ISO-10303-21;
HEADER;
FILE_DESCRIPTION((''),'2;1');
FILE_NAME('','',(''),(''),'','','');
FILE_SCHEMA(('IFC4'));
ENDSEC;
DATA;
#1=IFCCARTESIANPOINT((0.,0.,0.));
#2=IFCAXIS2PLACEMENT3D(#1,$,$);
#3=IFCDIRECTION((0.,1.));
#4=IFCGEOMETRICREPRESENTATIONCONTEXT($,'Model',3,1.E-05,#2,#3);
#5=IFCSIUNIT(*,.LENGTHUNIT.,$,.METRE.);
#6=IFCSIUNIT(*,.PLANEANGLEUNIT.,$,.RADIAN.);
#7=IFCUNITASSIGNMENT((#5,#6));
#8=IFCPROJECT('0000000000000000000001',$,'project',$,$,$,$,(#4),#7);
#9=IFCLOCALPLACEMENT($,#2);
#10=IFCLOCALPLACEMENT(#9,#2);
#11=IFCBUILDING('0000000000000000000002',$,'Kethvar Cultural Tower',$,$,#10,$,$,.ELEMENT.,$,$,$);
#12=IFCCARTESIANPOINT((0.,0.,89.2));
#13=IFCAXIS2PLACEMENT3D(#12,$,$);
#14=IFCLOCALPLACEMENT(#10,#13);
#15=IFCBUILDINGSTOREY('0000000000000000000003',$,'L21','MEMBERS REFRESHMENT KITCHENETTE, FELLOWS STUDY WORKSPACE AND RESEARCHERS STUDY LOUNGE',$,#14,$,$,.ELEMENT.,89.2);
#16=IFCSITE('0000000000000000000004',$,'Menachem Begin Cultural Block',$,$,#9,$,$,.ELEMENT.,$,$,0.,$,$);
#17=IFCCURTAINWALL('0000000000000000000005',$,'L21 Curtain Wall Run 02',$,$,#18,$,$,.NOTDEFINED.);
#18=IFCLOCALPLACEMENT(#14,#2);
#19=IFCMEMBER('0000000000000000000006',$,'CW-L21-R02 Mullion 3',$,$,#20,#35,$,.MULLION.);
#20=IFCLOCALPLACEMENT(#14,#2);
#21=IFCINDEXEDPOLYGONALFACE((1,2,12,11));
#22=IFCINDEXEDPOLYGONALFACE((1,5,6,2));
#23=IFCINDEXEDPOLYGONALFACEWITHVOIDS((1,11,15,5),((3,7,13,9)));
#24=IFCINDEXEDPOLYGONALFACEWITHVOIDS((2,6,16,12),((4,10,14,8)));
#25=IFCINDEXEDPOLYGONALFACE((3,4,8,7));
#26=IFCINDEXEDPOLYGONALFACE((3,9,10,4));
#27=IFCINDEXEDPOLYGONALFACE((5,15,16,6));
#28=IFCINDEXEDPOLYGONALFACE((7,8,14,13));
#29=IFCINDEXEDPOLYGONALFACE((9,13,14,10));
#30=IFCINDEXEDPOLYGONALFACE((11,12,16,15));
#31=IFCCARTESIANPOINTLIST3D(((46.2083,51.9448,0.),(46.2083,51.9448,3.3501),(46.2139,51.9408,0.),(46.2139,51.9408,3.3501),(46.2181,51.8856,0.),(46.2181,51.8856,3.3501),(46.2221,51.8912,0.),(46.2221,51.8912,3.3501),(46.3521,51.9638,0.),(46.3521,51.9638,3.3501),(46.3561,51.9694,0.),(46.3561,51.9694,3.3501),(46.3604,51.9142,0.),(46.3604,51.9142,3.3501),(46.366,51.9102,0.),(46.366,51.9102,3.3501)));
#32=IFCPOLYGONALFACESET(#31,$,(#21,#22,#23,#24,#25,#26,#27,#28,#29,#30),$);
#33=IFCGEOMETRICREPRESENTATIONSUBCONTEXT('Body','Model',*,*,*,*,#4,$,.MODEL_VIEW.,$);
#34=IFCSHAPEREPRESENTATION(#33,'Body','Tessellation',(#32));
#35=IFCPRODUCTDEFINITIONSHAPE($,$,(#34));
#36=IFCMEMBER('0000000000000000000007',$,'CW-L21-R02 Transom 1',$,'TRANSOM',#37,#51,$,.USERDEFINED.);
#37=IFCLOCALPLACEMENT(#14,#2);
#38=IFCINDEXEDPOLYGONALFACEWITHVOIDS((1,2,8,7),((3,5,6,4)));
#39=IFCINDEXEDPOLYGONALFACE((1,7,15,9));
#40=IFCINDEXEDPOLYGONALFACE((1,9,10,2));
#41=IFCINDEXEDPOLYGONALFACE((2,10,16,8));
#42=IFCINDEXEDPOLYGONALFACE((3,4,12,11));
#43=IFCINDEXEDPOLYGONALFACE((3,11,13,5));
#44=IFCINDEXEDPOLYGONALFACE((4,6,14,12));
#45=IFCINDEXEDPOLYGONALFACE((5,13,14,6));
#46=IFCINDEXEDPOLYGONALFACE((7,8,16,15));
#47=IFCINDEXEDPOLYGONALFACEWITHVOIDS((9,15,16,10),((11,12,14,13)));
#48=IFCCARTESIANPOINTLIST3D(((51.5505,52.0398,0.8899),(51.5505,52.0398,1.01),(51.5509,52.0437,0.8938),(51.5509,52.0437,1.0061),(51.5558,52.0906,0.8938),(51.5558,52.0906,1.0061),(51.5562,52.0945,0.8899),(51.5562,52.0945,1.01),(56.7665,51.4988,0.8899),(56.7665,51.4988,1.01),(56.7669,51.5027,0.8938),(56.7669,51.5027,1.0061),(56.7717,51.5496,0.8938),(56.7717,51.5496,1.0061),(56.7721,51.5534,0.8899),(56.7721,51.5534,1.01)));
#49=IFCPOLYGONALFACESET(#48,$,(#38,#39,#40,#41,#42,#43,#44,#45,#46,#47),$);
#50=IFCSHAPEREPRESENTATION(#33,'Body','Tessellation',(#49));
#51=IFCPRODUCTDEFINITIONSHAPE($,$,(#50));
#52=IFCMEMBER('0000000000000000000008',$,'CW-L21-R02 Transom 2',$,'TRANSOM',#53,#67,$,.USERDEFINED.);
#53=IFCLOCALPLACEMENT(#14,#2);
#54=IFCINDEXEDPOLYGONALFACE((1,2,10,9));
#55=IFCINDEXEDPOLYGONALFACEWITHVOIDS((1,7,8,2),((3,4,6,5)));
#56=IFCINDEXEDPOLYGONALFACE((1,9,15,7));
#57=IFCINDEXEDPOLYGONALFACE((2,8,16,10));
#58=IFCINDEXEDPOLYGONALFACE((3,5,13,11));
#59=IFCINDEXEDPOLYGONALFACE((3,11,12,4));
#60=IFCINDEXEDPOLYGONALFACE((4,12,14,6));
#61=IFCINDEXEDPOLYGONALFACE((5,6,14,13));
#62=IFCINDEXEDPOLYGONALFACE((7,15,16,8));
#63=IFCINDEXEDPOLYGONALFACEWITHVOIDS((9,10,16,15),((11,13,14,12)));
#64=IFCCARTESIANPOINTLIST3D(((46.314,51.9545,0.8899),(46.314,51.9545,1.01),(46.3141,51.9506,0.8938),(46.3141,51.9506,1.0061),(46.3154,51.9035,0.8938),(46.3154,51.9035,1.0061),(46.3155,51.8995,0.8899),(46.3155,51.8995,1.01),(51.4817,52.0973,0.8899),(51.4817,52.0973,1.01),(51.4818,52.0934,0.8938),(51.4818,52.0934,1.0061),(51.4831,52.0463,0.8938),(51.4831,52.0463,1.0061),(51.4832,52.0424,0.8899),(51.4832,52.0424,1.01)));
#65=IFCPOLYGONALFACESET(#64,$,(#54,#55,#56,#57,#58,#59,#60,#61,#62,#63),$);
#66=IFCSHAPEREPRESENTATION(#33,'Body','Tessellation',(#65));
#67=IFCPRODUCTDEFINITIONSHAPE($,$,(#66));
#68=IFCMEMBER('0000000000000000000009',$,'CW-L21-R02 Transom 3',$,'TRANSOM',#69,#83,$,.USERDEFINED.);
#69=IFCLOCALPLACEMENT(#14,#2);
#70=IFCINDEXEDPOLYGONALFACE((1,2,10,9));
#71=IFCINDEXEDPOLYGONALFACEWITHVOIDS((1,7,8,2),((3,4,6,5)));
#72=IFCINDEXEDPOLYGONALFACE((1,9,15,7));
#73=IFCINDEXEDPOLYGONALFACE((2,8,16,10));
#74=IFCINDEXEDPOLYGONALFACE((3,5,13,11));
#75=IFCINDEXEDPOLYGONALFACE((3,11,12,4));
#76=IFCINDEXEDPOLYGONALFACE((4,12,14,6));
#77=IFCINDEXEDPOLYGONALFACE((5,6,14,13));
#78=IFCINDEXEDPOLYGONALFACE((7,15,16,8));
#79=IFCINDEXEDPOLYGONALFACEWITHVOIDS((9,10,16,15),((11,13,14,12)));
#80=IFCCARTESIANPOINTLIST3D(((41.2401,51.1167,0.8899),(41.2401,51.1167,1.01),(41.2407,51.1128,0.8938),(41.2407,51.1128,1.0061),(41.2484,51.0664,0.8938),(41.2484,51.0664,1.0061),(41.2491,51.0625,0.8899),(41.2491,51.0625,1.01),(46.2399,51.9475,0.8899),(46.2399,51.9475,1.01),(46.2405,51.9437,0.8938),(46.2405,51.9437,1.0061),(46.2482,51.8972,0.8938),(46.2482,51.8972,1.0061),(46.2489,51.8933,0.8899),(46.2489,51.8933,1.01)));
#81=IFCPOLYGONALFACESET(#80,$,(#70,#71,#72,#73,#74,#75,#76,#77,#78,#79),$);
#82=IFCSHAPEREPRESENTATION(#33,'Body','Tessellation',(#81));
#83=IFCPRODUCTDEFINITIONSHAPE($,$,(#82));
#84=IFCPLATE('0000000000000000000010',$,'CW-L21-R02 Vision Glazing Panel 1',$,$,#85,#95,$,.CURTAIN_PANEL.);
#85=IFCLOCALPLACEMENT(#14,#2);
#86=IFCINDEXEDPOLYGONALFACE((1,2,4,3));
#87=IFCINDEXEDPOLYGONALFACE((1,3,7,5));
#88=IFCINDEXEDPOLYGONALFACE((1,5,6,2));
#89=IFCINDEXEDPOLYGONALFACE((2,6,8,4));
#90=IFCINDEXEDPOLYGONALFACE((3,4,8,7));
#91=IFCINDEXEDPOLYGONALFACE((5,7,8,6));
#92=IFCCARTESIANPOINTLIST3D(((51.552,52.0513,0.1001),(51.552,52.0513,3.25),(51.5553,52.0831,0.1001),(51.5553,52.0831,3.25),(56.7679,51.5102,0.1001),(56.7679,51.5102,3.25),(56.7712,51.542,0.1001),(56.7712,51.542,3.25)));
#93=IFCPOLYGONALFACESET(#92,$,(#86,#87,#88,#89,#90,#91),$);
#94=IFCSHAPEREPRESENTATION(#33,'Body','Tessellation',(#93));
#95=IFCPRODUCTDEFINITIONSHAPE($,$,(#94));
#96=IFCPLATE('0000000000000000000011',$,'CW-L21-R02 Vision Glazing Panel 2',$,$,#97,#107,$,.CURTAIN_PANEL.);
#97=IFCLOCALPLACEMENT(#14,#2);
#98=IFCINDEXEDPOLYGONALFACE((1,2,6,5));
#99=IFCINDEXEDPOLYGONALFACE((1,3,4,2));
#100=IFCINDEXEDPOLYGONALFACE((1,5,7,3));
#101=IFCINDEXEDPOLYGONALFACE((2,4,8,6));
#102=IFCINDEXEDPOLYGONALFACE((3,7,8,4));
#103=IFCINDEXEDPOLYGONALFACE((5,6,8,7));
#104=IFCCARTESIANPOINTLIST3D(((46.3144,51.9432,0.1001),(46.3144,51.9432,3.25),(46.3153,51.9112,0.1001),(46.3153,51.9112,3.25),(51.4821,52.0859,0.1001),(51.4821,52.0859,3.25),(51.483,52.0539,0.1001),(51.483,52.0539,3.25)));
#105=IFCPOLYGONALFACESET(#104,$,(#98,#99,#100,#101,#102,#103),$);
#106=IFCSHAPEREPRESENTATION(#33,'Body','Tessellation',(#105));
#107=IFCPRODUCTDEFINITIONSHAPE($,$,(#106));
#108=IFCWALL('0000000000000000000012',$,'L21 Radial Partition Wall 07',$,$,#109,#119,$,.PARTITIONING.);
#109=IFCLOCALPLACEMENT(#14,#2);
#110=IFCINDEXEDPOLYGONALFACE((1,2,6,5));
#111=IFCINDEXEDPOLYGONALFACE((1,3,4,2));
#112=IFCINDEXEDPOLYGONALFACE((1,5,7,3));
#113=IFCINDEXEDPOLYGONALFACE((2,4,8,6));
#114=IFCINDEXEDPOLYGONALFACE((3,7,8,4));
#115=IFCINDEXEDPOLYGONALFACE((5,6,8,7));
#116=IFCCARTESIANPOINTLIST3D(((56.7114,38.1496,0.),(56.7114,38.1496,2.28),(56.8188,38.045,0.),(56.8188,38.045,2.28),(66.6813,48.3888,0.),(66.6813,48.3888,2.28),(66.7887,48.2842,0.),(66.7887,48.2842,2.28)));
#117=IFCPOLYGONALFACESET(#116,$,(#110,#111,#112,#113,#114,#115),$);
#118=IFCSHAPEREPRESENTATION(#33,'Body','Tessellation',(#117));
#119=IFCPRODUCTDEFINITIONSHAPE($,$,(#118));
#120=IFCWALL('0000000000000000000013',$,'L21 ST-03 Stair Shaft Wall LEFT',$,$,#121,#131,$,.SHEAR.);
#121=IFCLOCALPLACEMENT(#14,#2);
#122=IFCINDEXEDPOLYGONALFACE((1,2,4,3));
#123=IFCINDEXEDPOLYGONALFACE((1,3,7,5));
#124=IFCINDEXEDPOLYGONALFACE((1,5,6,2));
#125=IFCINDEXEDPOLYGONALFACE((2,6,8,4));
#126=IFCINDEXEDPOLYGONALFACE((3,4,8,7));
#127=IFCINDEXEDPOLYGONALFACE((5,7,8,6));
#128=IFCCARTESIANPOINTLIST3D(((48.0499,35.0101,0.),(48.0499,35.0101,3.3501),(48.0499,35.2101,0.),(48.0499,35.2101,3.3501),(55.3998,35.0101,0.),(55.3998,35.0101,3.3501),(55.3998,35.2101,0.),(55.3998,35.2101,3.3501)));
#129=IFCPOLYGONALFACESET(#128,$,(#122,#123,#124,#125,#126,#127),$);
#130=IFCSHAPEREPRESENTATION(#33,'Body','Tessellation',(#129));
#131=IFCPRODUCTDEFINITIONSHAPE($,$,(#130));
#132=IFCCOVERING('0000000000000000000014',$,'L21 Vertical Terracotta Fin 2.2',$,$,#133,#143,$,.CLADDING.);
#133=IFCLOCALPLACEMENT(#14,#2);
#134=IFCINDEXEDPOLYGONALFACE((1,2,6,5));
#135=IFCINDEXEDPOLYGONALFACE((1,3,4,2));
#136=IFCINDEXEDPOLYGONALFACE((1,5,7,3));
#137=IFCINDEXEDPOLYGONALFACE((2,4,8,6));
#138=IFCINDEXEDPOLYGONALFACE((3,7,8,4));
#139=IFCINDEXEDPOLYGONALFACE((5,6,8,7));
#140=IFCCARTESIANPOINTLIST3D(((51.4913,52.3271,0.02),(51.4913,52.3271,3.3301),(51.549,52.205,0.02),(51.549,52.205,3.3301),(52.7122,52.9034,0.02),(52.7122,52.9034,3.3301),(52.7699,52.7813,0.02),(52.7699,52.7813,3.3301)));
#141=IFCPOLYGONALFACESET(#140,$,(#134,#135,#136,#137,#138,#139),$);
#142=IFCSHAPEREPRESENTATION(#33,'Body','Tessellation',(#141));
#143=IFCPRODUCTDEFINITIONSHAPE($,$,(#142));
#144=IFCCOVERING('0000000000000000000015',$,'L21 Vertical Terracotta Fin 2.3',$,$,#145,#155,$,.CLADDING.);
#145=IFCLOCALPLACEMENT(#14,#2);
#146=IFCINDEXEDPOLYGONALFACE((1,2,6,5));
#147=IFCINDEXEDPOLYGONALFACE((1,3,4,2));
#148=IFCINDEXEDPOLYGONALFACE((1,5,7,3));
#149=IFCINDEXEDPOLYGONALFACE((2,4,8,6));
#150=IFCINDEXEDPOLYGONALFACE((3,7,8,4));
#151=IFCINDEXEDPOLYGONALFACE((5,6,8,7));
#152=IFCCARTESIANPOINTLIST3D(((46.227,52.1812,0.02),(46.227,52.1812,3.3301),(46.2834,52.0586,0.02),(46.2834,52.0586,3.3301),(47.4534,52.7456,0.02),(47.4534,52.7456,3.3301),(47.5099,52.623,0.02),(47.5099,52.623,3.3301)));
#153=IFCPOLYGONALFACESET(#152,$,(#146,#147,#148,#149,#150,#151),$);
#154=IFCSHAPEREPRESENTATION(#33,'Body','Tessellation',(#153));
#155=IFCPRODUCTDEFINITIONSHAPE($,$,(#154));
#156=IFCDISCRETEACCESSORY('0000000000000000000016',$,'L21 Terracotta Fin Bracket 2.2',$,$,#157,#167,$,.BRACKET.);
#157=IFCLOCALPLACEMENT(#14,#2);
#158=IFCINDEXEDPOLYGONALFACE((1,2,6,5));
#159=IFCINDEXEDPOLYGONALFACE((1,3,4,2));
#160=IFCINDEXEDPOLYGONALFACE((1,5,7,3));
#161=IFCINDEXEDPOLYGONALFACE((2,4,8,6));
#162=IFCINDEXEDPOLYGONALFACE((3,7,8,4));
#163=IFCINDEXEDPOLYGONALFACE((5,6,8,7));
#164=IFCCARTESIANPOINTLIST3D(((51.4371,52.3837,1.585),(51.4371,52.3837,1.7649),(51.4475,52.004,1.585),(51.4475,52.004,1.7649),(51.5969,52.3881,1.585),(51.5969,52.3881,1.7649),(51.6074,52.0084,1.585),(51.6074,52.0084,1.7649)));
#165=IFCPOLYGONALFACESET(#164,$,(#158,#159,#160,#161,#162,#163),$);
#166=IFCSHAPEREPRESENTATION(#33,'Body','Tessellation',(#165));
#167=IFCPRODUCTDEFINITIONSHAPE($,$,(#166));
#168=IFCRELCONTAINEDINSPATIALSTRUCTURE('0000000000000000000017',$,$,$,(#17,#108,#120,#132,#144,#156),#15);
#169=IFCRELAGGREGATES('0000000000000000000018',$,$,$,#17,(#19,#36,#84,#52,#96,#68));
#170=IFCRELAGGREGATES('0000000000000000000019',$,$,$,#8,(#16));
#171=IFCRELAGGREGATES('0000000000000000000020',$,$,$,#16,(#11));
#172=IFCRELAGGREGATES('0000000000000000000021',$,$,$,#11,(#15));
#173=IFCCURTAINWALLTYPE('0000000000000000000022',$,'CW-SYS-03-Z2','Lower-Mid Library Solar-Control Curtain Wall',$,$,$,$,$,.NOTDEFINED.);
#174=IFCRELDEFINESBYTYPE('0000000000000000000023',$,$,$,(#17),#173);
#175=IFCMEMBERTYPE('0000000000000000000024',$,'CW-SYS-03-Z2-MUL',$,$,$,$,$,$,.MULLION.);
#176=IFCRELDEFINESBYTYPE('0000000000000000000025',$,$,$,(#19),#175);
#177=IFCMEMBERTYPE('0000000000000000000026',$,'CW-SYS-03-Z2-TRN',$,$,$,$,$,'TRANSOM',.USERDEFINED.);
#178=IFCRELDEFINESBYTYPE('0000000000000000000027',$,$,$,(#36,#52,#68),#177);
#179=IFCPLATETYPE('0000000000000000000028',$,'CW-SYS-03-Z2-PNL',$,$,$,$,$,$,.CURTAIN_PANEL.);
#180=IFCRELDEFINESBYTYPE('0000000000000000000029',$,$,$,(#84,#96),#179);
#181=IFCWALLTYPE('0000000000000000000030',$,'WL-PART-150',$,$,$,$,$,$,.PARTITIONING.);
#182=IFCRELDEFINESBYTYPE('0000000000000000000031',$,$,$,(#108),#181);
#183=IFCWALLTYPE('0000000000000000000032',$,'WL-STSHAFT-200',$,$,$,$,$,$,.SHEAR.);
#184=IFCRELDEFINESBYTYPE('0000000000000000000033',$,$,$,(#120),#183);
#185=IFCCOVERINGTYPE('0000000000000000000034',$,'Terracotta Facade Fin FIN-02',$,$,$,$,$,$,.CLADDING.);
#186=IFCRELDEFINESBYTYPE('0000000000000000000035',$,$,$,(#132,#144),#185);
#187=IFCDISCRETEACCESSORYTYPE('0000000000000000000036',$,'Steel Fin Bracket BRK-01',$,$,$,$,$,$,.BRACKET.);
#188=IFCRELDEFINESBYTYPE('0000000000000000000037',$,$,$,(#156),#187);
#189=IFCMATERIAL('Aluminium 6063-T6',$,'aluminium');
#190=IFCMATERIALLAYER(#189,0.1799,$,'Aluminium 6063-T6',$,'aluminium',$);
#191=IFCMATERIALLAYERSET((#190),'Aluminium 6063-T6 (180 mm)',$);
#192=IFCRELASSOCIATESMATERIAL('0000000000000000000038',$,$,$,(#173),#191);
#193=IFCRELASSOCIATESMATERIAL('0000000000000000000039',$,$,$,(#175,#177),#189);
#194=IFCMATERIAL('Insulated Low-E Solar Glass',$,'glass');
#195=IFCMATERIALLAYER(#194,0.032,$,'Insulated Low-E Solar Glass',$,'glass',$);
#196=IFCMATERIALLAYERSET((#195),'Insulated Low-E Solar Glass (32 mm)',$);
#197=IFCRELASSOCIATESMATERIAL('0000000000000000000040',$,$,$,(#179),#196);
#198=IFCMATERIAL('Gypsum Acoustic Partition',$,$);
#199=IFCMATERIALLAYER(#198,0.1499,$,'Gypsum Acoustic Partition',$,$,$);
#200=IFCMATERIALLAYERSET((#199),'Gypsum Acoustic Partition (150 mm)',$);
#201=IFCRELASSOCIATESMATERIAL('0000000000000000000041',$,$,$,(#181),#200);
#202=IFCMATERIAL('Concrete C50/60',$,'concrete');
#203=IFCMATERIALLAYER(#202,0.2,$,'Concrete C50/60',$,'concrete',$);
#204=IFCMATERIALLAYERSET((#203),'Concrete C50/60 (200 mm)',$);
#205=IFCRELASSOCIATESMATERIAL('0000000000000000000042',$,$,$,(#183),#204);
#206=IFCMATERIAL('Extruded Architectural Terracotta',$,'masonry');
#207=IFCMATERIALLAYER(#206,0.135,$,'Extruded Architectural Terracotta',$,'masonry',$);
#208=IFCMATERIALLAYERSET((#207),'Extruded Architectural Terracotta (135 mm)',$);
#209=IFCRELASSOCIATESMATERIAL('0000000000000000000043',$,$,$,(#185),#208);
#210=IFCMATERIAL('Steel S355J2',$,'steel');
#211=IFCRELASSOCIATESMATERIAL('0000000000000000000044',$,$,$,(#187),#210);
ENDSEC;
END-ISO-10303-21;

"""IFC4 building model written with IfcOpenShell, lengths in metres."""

from ifc_helpers import new_model, si_unit, direction, frame, frame_2d, origin, origin_2d, place, context, subcontext, project, spatial, rectangle, hollow_rectangle, extrude, source, transform, mapped, material, layer, layer_set, material_profile, profile_set, type_object, element, aggregate, save


model = new_model("IFC4")

# Units and contexts
model_context = context("Model", 3, precision=1e-05, world=origin(), true_north=direction((0.0, 1.0)))
body_context = subcontext(model_context, "Body", "Model", "MODEL_VIEW")
ifc_project = project(units=[si_unit("LENGTHUNIT", "METRE"), si_unit("PLANEANGLEUNIT", "RADIAN")], contexts=[model_context])

# Site, building, storey
site_placement = place(None, origin())
site = spatial("IfcSite", under=ifc_project, at=site_placement, Name="Menachem Begin Cultural Block", CompositionType="ELEMENT", RefElevation=0.0)
building_placement = place(site_placement, origin())
building = spatial("IfcBuilding", under=site, at=building_placement, Name="Kethvar Cultural Tower", CompositionType="ELEMENT")
storey_placement = place(building_placement, frame((0.0, 0.0, 89.2)))
storey = spatial("IfcBuildingStorey", under=building, at=storey_placement, Name="L21", Description="MEMBERS REFRESHMENT KITCHENETTE, FELLOWS STUDY WORKSPACE AND RESEARCHERS STUDY LOUNGE", CompositionType="ELEMENT", Elevation=89.2)

# Shared definitions
ifc_material_1 = material(Name="Steel S355J2", Category="steel")

# Curtain wall, members, plates
ifc_material_2 = material(Name="Aluminium 6063-T6", Category="aluminium")
ifc_layer_1 = layer(ifc_material_2, 0.1799, Name="Aluminium 6063-T6", Category="aluminium")
ifc_layer_set_1 = layer_set([ifc_layer_1], Name="Aluminium 6063-T6 (180 mm)")
curtain_wall_type = type_object("IfcCurtainWallType", Name="CW-SYS-03-Z2", Description="Lower-Mid Library Solar-Control Curtain Wall", PredefinedType="NOTDEFINED", material=ifc_layer_set_1)
curtain_wall_placement = place(storey_placement, origin())
curtain_wall = element("IfcCurtainWall", 1, at=curtain_wall_placement, inside=storey, type_object=curtain_wall_type, Name="L21 Curtain Wall Run 02", PredefinedType="NOTDEFINED")
ifc_material_profile_1 = material_profile(ifc_material_2, hollow_rectangle(XDim=0.0601, YDim=0.1499, WallThickness=0.0049, at=origin_2d()), Name="Aluminium 6063-T6 — RHS150x60x5")
ifc_profile_set_1 = profile_set([ifc_material_profile_1], Name="Aluminium 6063-T6 — RHS150x60x5")
member_type_1 = type_object("IfcMemberType", Name="CW-SYS-03-Z2-MUL", PredefinedType="MULLION", material=ifc_profile_set_1)
shared_shape_1 = source(origin(), body_context, "Body", "SweptSolid", [
    extrude(hollow_rectangle(XDim=0.0601, YDim=0.1499, WallThickness=0.0049, at=origin_2d()), origin(), (0.0, 0.0, 1.0), 3.3501),
])
member_1_placement = place(storey_placement, frame((46.2871, 51.9275, 0.0), z_axis=(0.0, 0.0, 1.0), x_axis=(0.163894, -0.986478, 0.0)))
member_1 = element("IfcMember", 2, at=member_1_placement, type_object=member_type_1, Name="CW-L21-R02 Mullion 3", PredefinedType="MULLION", context=body_context, shape_type="MappedRepresentation", body=[
    mapped(shared_shape_1, transform((0.0, 0.0, 0.0), scale=1.0)),
])
ifc_material_profile_2 = material_profile(ifc_material_2, hollow_rectangle(XDim=0.0549, YDim=0.1201, WallThickness=0.0039, at=origin_2d()), Name="Aluminium 6063-T6 — RHS120x55x4")
ifc_profile_set_2 = profile_set([ifc_material_profile_2], Name="Aluminium 6063-T6 — RHS120x55x4")
member_type_2 = type_object("IfcMemberType", Name="CW-SYS-03-Z2-TRN", ElementType="TRANSOM", PredefinedType="USERDEFINED", material=ifc_profile_set_2)
shared_shape_2 = source(origin(), body_context, "Body", "SweptSolid", [
    extrude(hollow_rectangle(XDim=0.0549, YDim=0.1201, WallThickness=0.0039, at=origin_2d()), origin(), (0.0, 0.0, 1.0), 5.2439),
])
member_2_placement = place(storey_placement, frame((56.7693, 51.5261, 0.95), z_axis=(-0.994663, 0.103172, 0.0), x_axis=(-0.103172, -0.994663, 0.0)))
member_2 = element("IfcMember", 3, at=member_2_placement, type_object=member_type_2, Name="CW-L21-R02 Transom 1", ObjectType="TRANSOM", PredefinedType="USERDEFINED", context=body_context, shape_type="MappedRepresentation", body=[
    mapped(shared_shape_2, transform((0.0, 0.0, 0.0), scale=1.0)),
])
shared_shape_3 = source(origin(), body_context, "Body", "SweptSolid", [
    extrude(hollow_rectangle(XDim=0.0549, YDim=0.1201, WallThickness=0.0039, at=origin_2d()), origin(), (0.0, 0.0, 1.0), 5.1697),
])
member_3_placement = place(storey_placement, frame((51.4824, 52.0698, 0.95), z_axis=(-0.999618, -0.027627, 0.0), x_axis=(0.027627, -0.999618, 0.0)))
member_3 = element("IfcMember", 4, at=member_3_placement, type_object=member_type_2, Name="CW-L21-R02 Transom 2", ObjectType="TRANSOM", PredefinedType="USERDEFINED", context=body_context, shape_type="MappedRepresentation", body=[
    mapped(shared_shape_3, transform((0.0, 0.0, 0.0), scale=1.0)),
])
shared_shape_4 = source(origin(), body_context, "Body", "SweptSolid", [
    extrude(hollow_rectangle(XDim=0.0549, YDim=0.1201, WallThickness=0.0039, at=origin_2d()), origin(), (0.0, 0.0, 1.0), 5.0684),
])
member_4_placement = place(storey_placement, frame((46.2444, 51.9204, 0.95), z_axis=(-0.986473, -0.163922, 0.0), x_axis=(0.163922, -0.986473, 0.0)))
member_4 = element("IfcMember", 5, at=member_4_placement, type_object=member_type_2, Name="CW-L21-R02 Transom 3", ObjectType="TRANSOM", PredefinedType="USERDEFINED", context=body_context, shape_type="MappedRepresentation", body=[
    mapped(shared_shape_4, transform((0.0, 0.0, 0.0), scale=1.0)),
])
ifc_material_3 = material(Name="Insulated Low-E Solar Glass", Category="glass")
ifc_layer_2 = layer(ifc_material_3, 0.032, Name="Insulated Low-E Solar Glass", Category="glass")
ifc_layer_set_2 = layer_set([ifc_layer_2], Name="Insulated Low-E Solar Glass (32 mm)")
plate_type = type_object("IfcPlateType", Name="CW-SYS-03-Z2-PNL", PredefinedType="CURTAIN_PANEL", material=ifc_layer_set_2)
shared_shape_5 = source(origin(), body_context, "Body", "SweptSolid", [
    extrude(rectangle(XDim=5.2439, YDim=0.032, at=origin_2d()), origin(), (0.0, 0.0, 1.0), 3.1499),
])
plate_1_placement = place(storey_placement, frame((54.1616, 51.7966, 0.1001), z_axis=(0.0, 0.0, 1.0), x_axis=(-0.994661, 0.103192, 0.0)))
plate_1 = element("IfcPlate", 6, at=plate_1_placement, type_object=plate_type, Name="CW-L21-R02 Vision Glazing Panel 1", PredefinedType="CURTAIN_PANEL", context=body_context, shape_type="MappedRepresentation", body=[
    mapped(shared_shape_5, transform((0.0, 0.0, 0.0), scale=1.0)),
])
shared_shape_6 = source(origin(), body_context, "Body", "SweptSolid", [
    extrude(rectangle(XDim=5.1697, YDim=0.032, at=origin_2d()), origin(), (0.0, 0.0, 1.0), 3.1499),
])
plate_2_placement = place(storey_placement, frame((48.8987, 51.9985, 0.1001), z_axis=(0.0, 0.0, 1.0), x_axis=(-0.999619, -0.027608, 0.0)))
plate_2 = element("IfcPlate", 7, at=plate_2_placement, type_object=plate_type, Name="CW-L21-R02 Vision Glazing Panel 2", PredefinedType="CURTAIN_PANEL", context=body_context, shape_type="MappedRepresentation", body=[
    mapped(shared_shape_6, transform((0.0, 0.0, 0.0), scale=1.0)),
])
aggregate(curtain_wall, [member_1, member_2, plate_1, member_3, plate_2, member_4])

# Walls
ifc_material_4 = material(Name="Gypsum Acoustic Partition")
ifc_layer_3 = layer(ifc_material_4, 0.1499, Name="Gypsum Acoustic Partition")
ifc_layer_set_3 = layer_set([ifc_layer_3], Name="Gypsum Acoustic Partition (150 mm)")
wall_type_1 = type_object("IfcWallType", Name="WL-PART-150", PredefinedType="PARTITIONING", material=ifc_layer_set_3)
wall_1_placement = place(storey_placement, frame((56.7651, 38.0974, 0.0), z_axis=(0.0, 0.0, 1.0), x_axis=(0.697623, 0.716465, 0.0)))
element("IfcWall", 8, at=wall_1_placement, inside=storey, type_object=wall_type_1, Name="L21 Radial Partition Wall 07", PredefinedType="PARTITIONING", context=body_context, shape_type="SweptSolid", body=[
    extrude(rectangle(XDim=14.2913, YDim=0.1499, at=frame_2d((7.1455, 0.0))), origin(), (0.0, 0.0, 1.0), 2.28),
])
ifc_material_5 = material(Name="Concrete C50/60", Category="concrete")
ifc_layer_4 = layer(ifc_material_5, 0.2, Name="Concrete C50/60", Category="concrete")
ifc_layer_set_4 = layer_set([ifc_layer_4], Name="Concrete C50/60 (200 mm)")
wall_type_2 = type_object("IfcWallType", Name="WL-STSHAFT-200", PredefinedType="SHEAR", material=ifc_layer_set_4)
wall_2_placement = place(storey_placement, frame((48.05, 35.1101, 0.0), z_axis=(0.0, 0.0, 1.0), x_axis=(1.0, 0.0, 0.0)))
element("IfcWall", 9, at=wall_2_placement, inside=storey, type_object=wall_type_2, Name="L21 ST-03 Stair Shaft Wall LEFT", PredefinedType="SHEAR", context=body_context, shape_type="SweptSolid", body=[
    extrude(rectangle(XDim=7.3499, YDim=0.2, at=frame_2d((3.6748, 0.0))), origin(), (0.0, 0.0, 1.0), 3.3501),
])

# Coverings
ifc_material_6 = material(Name="Extruded Architectural Terracotta", Category="masonry")
ifc_layer_5 = layer(ifc_material_6, 0.135, Name="Extruded Architectural Terracotta", Category="masonry")
ifc_layer_set_5 = layer_set([ifc_layer_5], Name="Extruded Architectural Terracotta (135 mm)")
covering_type = type_object("IfcCoveringType", Name="Terracotta Facade Fin FIN-02", PredefinedType="CLADDING", material=ifc_layer_set_5)
shared_shape_7 = source(origin(), body_context, "Body", "SweptSolid", [
    extrude(rectangle(XDim=1.3501, YDim=0.135, at=origin_2d()), origin(), (0.0, 0.0, 1.0), 3.3101),
])
for number, where, z_axis, x_axis, name in (
    (10, (52.1306, 52.5542, 0.02), (0.0, 0.0, 1.0), (0.904306, 0.426884, 0.0), "L21 Vertical Terracotta Fin 2.2"),
    (11, (46.8684, 52.4021, 0.02), (0.0, 0.0, 1.0), (0.908435, 0.418026, 0.0), "L21 Vertical Terracotta Fin 2.3"),
):
    element("IfcCovering", number, at=place(storey_placement, frame(where, z_axis=z_axis, x_axis=x_axis)), inside=storey, type_object=covering_type, Name=name, PredefinedType="CLADDING", context=body_context, shape_type="MappedRepresentation", body=[
        mapped(shared_shape_7, transform((0.0, 0.0, 0.0), scale=1.0)),
    ])

# Discrete accessory
discrete_accessory_type = type_object("IfcDiscreteAccessoryType", Name="Steel Fin Bracket BRK-01", PredefinedType="BRACKET", material=ifc_material_1)
shared_shape_8 = source(origin(), body_context, "Body", "SweptSolid", [
    extrude(rectangle(XDim=0.3799, YDim=0.1599, at=origin_2d()), origin(), (0.0, 0.0, 1.0), 0.1799),
])
for number, where, z_axis, x_axis, name in (
    (12, (51.5222, 52.196, 1.585), (0.0, 0.0, 1.0), (-0.027573, 0.99962, 0.0), "L21 Terracotta Fin Bracket 2.2"),
):
    element("IfcDiscreteAccessory", number, at=place(storey_placement, frame(where, z_axis=z_axis, x_axis=x_axis)), inside=storey, type_object=discrete_accessory_type, Name=name, PredefinedType="BRACKET", context=body_context, shape_type="MappedRepresentation", body=[
        mapped(shared_shape_8, transform((0.0, 0.0, 0.0), scale=1.0)),
    ])

save(model, "model.ifc")
